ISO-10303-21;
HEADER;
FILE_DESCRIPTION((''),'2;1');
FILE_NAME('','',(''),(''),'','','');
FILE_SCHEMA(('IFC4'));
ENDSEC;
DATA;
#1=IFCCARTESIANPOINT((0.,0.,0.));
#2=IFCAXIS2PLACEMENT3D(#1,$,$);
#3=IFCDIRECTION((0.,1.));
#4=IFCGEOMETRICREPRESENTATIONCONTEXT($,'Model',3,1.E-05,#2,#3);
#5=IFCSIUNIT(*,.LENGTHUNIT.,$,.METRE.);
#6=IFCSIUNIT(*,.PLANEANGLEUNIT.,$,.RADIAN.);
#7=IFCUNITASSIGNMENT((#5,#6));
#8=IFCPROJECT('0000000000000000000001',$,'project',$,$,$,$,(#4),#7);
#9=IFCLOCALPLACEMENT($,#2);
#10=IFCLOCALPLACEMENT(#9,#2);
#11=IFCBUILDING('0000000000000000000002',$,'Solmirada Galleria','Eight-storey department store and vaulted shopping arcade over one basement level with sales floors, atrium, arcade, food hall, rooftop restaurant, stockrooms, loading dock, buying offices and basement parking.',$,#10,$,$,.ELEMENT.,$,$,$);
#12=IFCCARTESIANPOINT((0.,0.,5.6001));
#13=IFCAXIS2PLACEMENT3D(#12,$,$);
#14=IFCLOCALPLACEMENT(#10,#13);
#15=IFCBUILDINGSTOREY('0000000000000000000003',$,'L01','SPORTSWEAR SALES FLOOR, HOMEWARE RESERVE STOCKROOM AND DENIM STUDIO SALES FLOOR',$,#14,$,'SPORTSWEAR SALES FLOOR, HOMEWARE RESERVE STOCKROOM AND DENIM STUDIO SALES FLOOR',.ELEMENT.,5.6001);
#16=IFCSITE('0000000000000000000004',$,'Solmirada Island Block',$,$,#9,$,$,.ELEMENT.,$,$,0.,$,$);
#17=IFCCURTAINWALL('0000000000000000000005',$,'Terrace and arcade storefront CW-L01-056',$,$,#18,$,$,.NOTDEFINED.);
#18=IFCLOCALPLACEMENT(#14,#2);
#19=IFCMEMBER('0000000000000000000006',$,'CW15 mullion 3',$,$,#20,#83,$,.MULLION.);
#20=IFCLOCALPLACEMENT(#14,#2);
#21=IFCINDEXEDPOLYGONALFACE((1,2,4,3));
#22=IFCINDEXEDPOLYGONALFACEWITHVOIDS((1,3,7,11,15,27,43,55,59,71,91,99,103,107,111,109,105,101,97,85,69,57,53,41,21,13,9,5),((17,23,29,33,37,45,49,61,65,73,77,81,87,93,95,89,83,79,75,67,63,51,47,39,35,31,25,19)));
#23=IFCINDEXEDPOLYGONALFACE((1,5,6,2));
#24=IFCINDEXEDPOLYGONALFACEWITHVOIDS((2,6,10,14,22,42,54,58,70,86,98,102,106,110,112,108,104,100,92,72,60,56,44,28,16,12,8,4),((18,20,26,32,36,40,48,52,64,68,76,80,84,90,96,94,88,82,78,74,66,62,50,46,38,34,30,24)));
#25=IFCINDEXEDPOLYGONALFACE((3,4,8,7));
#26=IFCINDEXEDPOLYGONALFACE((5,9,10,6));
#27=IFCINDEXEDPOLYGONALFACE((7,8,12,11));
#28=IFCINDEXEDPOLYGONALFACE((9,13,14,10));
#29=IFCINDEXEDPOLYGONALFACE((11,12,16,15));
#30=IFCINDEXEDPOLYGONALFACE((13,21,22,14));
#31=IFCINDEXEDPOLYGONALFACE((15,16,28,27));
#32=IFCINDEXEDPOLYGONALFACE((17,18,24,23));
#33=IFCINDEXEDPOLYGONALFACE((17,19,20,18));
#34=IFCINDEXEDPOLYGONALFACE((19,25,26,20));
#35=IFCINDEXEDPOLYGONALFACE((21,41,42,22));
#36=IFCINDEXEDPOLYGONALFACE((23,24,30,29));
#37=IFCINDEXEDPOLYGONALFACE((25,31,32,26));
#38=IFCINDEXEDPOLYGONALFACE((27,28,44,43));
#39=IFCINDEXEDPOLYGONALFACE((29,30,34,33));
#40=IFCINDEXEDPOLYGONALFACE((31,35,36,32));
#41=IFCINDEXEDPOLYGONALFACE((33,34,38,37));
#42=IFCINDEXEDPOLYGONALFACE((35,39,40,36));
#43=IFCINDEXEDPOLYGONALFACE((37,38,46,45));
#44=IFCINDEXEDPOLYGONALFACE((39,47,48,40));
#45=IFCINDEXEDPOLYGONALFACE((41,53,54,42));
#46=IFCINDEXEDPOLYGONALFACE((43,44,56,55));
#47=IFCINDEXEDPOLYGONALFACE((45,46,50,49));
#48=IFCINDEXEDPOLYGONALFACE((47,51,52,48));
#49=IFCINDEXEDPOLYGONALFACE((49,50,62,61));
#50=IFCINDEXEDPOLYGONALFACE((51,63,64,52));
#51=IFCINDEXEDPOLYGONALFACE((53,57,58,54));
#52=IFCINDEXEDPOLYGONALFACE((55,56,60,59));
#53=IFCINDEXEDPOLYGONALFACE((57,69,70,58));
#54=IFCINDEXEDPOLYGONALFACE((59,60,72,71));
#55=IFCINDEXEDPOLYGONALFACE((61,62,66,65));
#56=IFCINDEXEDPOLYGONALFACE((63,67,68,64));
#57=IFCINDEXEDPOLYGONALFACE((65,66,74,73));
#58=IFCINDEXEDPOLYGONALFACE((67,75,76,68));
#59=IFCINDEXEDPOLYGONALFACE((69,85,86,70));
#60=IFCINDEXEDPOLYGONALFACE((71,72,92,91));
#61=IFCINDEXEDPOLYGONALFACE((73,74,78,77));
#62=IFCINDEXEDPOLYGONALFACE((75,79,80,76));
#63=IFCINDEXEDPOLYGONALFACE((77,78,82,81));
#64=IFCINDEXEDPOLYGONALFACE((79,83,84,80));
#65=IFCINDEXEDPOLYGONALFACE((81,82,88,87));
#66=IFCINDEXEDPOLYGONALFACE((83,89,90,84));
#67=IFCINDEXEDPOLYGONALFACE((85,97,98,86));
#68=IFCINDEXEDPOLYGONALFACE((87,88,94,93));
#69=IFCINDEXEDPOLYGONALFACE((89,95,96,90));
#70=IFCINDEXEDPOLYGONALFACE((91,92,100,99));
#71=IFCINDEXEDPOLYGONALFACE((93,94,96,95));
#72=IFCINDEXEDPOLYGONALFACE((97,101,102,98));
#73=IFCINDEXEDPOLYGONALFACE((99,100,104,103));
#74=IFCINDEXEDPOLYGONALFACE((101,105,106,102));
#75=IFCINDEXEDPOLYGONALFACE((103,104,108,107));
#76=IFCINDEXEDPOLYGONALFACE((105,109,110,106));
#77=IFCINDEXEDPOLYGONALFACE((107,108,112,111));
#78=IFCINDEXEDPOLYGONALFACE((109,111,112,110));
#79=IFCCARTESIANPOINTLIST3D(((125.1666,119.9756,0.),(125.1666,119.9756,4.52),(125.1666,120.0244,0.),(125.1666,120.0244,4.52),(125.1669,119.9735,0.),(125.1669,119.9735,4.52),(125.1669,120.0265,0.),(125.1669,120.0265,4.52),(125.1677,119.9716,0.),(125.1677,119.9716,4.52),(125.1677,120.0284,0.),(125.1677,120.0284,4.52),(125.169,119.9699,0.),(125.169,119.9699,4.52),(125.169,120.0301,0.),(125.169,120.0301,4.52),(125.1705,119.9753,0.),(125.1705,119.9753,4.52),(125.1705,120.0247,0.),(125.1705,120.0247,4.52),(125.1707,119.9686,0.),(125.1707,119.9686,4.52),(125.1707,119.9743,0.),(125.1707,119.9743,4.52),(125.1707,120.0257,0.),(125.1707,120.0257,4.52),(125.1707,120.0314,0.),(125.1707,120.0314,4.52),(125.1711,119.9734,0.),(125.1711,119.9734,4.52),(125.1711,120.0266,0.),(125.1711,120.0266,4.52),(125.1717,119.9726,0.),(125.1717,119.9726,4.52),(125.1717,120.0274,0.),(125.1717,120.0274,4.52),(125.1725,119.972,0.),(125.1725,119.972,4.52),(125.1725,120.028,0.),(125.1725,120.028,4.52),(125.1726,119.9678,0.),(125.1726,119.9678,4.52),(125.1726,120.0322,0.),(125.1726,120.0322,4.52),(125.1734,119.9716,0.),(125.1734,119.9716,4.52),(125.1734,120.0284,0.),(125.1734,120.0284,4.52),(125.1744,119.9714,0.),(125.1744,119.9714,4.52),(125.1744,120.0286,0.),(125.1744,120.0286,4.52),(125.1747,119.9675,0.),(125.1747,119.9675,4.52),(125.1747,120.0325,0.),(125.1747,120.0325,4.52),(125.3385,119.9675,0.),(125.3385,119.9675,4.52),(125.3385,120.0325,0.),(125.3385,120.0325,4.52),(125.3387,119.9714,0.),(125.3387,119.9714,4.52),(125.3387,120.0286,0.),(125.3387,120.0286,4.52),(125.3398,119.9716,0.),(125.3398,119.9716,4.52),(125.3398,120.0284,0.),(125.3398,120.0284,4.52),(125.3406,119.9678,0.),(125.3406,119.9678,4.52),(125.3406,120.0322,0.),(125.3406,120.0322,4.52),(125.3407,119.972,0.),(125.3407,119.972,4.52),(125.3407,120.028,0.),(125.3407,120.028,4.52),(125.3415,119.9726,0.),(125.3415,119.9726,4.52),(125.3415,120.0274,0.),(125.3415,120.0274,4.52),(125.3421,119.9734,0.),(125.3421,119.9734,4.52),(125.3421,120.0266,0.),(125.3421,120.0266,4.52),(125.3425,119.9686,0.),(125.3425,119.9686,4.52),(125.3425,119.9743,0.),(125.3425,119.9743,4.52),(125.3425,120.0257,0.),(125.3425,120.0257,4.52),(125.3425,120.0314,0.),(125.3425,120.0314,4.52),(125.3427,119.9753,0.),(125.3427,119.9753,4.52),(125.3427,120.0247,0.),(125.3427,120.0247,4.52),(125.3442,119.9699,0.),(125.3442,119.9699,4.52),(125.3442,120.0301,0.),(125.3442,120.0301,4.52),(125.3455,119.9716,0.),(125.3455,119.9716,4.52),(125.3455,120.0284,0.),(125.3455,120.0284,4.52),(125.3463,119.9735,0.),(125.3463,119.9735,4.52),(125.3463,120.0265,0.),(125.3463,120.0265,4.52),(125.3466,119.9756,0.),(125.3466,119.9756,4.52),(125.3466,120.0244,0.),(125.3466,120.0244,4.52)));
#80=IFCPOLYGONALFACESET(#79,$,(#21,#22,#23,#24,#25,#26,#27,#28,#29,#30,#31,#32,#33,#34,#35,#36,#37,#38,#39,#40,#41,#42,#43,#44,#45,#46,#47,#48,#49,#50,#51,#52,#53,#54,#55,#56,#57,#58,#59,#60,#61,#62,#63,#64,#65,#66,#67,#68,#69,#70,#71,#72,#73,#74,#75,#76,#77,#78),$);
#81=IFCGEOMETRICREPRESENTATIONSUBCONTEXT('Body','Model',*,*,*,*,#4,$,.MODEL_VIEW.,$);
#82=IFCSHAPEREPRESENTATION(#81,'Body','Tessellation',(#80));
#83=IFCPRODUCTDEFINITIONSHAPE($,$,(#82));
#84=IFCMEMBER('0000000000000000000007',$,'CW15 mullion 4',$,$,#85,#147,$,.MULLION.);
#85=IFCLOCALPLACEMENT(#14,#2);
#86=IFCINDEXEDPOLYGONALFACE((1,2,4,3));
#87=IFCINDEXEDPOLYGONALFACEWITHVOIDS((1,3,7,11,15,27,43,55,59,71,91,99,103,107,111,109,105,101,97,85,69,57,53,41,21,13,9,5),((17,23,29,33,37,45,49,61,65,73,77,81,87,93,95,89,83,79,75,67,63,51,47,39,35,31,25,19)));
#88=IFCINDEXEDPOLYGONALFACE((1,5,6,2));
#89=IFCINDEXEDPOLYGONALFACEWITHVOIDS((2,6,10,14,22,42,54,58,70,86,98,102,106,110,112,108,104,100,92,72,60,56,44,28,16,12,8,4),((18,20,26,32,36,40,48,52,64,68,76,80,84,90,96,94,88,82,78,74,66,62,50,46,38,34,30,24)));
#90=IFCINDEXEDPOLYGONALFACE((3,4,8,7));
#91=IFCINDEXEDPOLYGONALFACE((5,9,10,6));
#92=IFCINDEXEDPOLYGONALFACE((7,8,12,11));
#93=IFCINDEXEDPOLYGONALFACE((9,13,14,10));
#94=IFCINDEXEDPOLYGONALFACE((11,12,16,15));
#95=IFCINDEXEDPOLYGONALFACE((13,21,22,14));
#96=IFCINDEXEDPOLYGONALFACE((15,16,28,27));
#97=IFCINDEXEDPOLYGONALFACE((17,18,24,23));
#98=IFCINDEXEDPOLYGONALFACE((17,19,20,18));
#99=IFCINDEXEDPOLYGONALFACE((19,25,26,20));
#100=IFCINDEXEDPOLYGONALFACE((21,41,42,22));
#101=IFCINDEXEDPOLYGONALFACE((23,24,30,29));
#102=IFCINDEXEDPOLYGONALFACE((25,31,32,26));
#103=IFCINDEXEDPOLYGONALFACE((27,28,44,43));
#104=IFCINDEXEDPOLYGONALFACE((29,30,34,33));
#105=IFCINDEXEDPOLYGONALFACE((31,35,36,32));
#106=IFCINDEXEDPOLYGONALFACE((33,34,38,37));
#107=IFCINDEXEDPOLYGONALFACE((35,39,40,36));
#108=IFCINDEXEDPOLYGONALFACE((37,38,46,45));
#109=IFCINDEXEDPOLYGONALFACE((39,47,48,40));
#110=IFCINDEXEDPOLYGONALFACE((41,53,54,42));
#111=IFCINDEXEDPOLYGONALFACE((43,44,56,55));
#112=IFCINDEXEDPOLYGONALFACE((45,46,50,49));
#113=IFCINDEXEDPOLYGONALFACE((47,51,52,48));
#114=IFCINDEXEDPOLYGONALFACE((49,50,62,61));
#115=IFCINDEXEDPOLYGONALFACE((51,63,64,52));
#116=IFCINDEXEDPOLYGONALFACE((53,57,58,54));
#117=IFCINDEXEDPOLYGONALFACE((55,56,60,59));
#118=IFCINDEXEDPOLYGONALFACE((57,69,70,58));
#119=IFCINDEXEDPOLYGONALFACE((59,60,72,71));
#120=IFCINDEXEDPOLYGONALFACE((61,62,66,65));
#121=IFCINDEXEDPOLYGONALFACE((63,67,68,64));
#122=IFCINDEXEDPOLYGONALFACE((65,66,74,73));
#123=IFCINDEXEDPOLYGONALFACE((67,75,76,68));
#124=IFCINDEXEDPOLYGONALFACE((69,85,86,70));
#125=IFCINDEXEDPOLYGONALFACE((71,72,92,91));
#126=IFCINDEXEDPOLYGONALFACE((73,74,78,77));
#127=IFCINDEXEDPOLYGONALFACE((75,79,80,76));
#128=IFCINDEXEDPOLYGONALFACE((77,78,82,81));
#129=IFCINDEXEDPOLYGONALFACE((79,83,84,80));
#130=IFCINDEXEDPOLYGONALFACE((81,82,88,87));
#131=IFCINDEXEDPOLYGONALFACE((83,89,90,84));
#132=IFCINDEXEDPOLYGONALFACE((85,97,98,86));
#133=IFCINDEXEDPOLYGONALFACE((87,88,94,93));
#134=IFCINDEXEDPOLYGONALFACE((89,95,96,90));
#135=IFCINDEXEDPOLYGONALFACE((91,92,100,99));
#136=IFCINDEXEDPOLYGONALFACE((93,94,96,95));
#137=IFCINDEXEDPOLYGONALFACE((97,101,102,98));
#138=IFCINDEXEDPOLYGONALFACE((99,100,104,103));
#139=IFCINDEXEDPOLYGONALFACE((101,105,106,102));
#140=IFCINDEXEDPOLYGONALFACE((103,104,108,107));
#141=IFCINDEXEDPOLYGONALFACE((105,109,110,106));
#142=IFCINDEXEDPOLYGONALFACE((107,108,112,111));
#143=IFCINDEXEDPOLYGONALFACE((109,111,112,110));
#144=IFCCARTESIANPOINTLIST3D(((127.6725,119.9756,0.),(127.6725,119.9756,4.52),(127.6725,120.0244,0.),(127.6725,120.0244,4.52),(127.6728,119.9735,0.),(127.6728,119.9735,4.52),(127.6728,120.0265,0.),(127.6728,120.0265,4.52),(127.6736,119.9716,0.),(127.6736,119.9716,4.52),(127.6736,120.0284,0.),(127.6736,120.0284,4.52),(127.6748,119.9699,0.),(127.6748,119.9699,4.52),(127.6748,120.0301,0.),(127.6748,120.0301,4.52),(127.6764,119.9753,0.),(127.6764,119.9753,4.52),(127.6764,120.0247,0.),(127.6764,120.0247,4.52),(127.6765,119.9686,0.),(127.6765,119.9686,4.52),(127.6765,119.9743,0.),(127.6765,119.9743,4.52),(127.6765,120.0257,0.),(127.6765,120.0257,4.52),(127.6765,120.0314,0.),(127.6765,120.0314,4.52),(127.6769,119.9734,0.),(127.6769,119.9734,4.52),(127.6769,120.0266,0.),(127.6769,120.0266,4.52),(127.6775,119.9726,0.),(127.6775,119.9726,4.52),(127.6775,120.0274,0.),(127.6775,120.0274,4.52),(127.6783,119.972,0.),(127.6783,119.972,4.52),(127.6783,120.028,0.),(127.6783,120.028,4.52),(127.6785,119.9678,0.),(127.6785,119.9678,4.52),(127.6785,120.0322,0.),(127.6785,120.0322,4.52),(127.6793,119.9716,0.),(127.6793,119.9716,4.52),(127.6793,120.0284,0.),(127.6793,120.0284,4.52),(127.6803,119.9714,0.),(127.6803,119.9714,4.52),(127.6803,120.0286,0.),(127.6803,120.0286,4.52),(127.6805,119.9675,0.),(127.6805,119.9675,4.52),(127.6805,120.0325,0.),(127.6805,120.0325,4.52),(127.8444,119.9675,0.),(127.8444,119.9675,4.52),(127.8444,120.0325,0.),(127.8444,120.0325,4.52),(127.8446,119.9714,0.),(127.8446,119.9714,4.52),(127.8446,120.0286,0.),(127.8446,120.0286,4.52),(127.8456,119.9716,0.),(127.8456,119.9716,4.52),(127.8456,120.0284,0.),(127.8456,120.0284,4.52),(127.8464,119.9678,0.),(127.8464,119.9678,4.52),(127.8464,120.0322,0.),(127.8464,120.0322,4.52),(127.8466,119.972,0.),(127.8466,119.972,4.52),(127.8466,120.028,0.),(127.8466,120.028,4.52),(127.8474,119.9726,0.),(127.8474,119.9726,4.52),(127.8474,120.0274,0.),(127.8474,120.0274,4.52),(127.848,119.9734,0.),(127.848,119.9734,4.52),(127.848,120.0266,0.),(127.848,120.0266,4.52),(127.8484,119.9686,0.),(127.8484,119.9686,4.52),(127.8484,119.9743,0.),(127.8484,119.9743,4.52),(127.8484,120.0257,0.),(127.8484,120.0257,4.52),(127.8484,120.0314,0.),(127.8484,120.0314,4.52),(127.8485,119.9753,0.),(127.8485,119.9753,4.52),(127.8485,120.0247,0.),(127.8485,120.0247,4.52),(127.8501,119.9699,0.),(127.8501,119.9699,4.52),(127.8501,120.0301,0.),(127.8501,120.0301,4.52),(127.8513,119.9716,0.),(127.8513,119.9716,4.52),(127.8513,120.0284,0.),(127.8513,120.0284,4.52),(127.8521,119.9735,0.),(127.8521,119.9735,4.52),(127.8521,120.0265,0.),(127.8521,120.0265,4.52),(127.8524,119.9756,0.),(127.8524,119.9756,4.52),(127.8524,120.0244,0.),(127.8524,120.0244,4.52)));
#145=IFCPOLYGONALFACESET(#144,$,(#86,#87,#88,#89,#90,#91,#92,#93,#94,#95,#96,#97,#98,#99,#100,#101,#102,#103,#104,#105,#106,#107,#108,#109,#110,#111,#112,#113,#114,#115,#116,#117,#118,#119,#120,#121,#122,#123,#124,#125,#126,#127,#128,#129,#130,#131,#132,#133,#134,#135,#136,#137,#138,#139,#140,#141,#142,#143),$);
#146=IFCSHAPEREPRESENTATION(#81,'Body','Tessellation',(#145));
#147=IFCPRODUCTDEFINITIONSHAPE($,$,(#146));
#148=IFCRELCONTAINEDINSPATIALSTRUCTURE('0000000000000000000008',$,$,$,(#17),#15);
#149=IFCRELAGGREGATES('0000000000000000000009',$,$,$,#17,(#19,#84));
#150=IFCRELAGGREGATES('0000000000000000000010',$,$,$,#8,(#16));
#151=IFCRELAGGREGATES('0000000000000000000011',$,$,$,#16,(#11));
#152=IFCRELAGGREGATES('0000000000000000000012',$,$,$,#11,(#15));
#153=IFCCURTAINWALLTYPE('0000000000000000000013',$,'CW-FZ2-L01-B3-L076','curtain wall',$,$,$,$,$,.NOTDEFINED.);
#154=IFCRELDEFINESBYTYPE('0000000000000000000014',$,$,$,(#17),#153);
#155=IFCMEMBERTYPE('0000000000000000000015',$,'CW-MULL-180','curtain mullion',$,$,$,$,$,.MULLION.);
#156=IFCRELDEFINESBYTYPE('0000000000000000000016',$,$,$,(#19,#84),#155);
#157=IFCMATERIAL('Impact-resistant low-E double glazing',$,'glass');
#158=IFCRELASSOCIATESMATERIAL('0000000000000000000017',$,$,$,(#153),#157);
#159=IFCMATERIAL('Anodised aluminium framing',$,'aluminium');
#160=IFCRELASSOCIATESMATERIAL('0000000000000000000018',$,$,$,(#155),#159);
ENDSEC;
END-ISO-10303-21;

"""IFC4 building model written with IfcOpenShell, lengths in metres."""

from ifc_helpers import new_model, si_unit, direction, frame, origin, origin_2d, place, context, subcontext, project, spatial, hollow_rectangle, extrude, material, material_profile, profile_set, type_object, element, aggregate, save


model = new_model("IFC4")

# Units and contexts
model_context = context("Model", 3, precision=1e-05, world=origin(), true_north=direction((0.0, 1.0)))
body_context = subcontext(model_context, "Body", "Model", "MODEL_VIEW")
ifc_project = project(units=[si_unit("LENGTHUNIT", "METRE"), si_unit("PLANEANGLEUNIT", "RADIAN")], contexts=[model_context])

# Site, building, storey
site_placement = place(None, origin())
site = spatial("IfcSite", under=ifc_project, at=site_placement, Name="Solmirada Island Block", CompositionType="ELEMENT", RefElevation=0.0)
building_placement = place(site_placement, origin())
building = spatial("IfcBuilding", under=site, at=building_placement, Name="Solmirada Galleria", Description="Eight-storey department store and vaulted shopping arcade over one basement level with sales floors, atrium, arcade, food hall, rooftop restaurant, stockrooms, loading dock, buying offices and basement parking.", CompositionType="ELEMENT")
storey_placement = place(building_placement, frame((0.0, 0.0, 5.6001)))
storey = spatial("IfcBuildingStorey", under=building, at=storey_placement, Name="L01", Description="SPORTSWEAR SALES FLOOR, HOMEWARE RESERVE STOCKROOM AND DENIM STUDIO SALES FLOOR", LongName="SPORTSWEAR SALES FLOOR, HOMEWARE RESERVE STOCKROOM AND DENIM STUDIO SALES FLOOR", CompositionType="ELEMENT", Elevation=5.6001)

# Curtain wall, members
ifc_material_1 = material(Name="Impact-resistant low-E double glazing", Category="glass")
curtain_wall_type = type_object("IfcCurtainWallType", Name="CW-FZ2-L01-B3-L076", Description="curtain wall", PredefinedType="NOTDEFINED", material=ifc_material_1)
curtain_wall_1_placement = place(storey_placement, origin())
curtain_wall_1 = element("IfcCurtainWall", 1, at=curtain_wall_1_placement, inside=storey, type_object=curtain_wall_type, Name="Terrace and arcade storefront CW-L01-056", PredefinedType="NOTDEFINED")
ifc_material_2 = material(Name="Anodised aluminium framing", Category="aluminium")
ifc_material_profile_1 = material_profile(ifc_material_2, hollow_rectangle(XDim=0.0649, YDim=0.1799, WallThickness=0.0039, InnerFilletRadius=0.0039, OuterFilletRadius=0.0081, at=origin_2d()), Name="ALU-MULL-180X65")
ifc_profile_set_1 = profile_set([ifc_material_profile_1], Name="Anodised aluminium framing")
member_type_1 = type_object("IfcMemberType", Name="CW-MULL-180", Description="curtain mullion", PredefinedType="MULLION", material=ifc_profile_set_1)
member_1_placement = place(storey_placement, frame((125.2566, 120.0, 0.0), z_axis=(0.0, 0.0, 1.0), x_axis=(0.0, 1.0, 0.0)))
member_1 = element("IfcMember", 2, at=member_1_placement, type_object=member_type_1, Name="CW15 mullion 3", PredefinedType="MULLION", context=body_context, shape_type="SweptSolid", body=[
    extrude(hollow_rectangle(XDim=0.0649, YDim=0.1799, WallThickness=0.0039, InnerFilletRadius=0.0039, OuterFilletRadius=0.0081, at=origin_2d()), origin(), (0.0, 0.0, 1.0), 4.52),
])
member_2_placement = place(storey_placement, frame((127.7625, 120.0, 0.0), z_axis=(0.0, 0.0, 1.0), x_axis=(0.0, 1.0, 0.0)))
member_2 = element("IfcMember", 3, at=member_2_placement, type_object=member_type_1, Name="CW15 mullion 4", PredefinedType="MULLION", context=body_context, shape_type="SweptSolid", body=[
    extrude(hollow_rectangle(XDim=0.0649, YDim=0.1799, WallThickness=0.0039, InnerFilletRadius=0.0039, OuterFilletRadius=0.0081, at=origin_2d()), origin(), (0.0, 0.0, 1.0), 4.52),
])

aggregate(curtain_wall_1, [member_1, member_2])

save(model, "model.ifc")
